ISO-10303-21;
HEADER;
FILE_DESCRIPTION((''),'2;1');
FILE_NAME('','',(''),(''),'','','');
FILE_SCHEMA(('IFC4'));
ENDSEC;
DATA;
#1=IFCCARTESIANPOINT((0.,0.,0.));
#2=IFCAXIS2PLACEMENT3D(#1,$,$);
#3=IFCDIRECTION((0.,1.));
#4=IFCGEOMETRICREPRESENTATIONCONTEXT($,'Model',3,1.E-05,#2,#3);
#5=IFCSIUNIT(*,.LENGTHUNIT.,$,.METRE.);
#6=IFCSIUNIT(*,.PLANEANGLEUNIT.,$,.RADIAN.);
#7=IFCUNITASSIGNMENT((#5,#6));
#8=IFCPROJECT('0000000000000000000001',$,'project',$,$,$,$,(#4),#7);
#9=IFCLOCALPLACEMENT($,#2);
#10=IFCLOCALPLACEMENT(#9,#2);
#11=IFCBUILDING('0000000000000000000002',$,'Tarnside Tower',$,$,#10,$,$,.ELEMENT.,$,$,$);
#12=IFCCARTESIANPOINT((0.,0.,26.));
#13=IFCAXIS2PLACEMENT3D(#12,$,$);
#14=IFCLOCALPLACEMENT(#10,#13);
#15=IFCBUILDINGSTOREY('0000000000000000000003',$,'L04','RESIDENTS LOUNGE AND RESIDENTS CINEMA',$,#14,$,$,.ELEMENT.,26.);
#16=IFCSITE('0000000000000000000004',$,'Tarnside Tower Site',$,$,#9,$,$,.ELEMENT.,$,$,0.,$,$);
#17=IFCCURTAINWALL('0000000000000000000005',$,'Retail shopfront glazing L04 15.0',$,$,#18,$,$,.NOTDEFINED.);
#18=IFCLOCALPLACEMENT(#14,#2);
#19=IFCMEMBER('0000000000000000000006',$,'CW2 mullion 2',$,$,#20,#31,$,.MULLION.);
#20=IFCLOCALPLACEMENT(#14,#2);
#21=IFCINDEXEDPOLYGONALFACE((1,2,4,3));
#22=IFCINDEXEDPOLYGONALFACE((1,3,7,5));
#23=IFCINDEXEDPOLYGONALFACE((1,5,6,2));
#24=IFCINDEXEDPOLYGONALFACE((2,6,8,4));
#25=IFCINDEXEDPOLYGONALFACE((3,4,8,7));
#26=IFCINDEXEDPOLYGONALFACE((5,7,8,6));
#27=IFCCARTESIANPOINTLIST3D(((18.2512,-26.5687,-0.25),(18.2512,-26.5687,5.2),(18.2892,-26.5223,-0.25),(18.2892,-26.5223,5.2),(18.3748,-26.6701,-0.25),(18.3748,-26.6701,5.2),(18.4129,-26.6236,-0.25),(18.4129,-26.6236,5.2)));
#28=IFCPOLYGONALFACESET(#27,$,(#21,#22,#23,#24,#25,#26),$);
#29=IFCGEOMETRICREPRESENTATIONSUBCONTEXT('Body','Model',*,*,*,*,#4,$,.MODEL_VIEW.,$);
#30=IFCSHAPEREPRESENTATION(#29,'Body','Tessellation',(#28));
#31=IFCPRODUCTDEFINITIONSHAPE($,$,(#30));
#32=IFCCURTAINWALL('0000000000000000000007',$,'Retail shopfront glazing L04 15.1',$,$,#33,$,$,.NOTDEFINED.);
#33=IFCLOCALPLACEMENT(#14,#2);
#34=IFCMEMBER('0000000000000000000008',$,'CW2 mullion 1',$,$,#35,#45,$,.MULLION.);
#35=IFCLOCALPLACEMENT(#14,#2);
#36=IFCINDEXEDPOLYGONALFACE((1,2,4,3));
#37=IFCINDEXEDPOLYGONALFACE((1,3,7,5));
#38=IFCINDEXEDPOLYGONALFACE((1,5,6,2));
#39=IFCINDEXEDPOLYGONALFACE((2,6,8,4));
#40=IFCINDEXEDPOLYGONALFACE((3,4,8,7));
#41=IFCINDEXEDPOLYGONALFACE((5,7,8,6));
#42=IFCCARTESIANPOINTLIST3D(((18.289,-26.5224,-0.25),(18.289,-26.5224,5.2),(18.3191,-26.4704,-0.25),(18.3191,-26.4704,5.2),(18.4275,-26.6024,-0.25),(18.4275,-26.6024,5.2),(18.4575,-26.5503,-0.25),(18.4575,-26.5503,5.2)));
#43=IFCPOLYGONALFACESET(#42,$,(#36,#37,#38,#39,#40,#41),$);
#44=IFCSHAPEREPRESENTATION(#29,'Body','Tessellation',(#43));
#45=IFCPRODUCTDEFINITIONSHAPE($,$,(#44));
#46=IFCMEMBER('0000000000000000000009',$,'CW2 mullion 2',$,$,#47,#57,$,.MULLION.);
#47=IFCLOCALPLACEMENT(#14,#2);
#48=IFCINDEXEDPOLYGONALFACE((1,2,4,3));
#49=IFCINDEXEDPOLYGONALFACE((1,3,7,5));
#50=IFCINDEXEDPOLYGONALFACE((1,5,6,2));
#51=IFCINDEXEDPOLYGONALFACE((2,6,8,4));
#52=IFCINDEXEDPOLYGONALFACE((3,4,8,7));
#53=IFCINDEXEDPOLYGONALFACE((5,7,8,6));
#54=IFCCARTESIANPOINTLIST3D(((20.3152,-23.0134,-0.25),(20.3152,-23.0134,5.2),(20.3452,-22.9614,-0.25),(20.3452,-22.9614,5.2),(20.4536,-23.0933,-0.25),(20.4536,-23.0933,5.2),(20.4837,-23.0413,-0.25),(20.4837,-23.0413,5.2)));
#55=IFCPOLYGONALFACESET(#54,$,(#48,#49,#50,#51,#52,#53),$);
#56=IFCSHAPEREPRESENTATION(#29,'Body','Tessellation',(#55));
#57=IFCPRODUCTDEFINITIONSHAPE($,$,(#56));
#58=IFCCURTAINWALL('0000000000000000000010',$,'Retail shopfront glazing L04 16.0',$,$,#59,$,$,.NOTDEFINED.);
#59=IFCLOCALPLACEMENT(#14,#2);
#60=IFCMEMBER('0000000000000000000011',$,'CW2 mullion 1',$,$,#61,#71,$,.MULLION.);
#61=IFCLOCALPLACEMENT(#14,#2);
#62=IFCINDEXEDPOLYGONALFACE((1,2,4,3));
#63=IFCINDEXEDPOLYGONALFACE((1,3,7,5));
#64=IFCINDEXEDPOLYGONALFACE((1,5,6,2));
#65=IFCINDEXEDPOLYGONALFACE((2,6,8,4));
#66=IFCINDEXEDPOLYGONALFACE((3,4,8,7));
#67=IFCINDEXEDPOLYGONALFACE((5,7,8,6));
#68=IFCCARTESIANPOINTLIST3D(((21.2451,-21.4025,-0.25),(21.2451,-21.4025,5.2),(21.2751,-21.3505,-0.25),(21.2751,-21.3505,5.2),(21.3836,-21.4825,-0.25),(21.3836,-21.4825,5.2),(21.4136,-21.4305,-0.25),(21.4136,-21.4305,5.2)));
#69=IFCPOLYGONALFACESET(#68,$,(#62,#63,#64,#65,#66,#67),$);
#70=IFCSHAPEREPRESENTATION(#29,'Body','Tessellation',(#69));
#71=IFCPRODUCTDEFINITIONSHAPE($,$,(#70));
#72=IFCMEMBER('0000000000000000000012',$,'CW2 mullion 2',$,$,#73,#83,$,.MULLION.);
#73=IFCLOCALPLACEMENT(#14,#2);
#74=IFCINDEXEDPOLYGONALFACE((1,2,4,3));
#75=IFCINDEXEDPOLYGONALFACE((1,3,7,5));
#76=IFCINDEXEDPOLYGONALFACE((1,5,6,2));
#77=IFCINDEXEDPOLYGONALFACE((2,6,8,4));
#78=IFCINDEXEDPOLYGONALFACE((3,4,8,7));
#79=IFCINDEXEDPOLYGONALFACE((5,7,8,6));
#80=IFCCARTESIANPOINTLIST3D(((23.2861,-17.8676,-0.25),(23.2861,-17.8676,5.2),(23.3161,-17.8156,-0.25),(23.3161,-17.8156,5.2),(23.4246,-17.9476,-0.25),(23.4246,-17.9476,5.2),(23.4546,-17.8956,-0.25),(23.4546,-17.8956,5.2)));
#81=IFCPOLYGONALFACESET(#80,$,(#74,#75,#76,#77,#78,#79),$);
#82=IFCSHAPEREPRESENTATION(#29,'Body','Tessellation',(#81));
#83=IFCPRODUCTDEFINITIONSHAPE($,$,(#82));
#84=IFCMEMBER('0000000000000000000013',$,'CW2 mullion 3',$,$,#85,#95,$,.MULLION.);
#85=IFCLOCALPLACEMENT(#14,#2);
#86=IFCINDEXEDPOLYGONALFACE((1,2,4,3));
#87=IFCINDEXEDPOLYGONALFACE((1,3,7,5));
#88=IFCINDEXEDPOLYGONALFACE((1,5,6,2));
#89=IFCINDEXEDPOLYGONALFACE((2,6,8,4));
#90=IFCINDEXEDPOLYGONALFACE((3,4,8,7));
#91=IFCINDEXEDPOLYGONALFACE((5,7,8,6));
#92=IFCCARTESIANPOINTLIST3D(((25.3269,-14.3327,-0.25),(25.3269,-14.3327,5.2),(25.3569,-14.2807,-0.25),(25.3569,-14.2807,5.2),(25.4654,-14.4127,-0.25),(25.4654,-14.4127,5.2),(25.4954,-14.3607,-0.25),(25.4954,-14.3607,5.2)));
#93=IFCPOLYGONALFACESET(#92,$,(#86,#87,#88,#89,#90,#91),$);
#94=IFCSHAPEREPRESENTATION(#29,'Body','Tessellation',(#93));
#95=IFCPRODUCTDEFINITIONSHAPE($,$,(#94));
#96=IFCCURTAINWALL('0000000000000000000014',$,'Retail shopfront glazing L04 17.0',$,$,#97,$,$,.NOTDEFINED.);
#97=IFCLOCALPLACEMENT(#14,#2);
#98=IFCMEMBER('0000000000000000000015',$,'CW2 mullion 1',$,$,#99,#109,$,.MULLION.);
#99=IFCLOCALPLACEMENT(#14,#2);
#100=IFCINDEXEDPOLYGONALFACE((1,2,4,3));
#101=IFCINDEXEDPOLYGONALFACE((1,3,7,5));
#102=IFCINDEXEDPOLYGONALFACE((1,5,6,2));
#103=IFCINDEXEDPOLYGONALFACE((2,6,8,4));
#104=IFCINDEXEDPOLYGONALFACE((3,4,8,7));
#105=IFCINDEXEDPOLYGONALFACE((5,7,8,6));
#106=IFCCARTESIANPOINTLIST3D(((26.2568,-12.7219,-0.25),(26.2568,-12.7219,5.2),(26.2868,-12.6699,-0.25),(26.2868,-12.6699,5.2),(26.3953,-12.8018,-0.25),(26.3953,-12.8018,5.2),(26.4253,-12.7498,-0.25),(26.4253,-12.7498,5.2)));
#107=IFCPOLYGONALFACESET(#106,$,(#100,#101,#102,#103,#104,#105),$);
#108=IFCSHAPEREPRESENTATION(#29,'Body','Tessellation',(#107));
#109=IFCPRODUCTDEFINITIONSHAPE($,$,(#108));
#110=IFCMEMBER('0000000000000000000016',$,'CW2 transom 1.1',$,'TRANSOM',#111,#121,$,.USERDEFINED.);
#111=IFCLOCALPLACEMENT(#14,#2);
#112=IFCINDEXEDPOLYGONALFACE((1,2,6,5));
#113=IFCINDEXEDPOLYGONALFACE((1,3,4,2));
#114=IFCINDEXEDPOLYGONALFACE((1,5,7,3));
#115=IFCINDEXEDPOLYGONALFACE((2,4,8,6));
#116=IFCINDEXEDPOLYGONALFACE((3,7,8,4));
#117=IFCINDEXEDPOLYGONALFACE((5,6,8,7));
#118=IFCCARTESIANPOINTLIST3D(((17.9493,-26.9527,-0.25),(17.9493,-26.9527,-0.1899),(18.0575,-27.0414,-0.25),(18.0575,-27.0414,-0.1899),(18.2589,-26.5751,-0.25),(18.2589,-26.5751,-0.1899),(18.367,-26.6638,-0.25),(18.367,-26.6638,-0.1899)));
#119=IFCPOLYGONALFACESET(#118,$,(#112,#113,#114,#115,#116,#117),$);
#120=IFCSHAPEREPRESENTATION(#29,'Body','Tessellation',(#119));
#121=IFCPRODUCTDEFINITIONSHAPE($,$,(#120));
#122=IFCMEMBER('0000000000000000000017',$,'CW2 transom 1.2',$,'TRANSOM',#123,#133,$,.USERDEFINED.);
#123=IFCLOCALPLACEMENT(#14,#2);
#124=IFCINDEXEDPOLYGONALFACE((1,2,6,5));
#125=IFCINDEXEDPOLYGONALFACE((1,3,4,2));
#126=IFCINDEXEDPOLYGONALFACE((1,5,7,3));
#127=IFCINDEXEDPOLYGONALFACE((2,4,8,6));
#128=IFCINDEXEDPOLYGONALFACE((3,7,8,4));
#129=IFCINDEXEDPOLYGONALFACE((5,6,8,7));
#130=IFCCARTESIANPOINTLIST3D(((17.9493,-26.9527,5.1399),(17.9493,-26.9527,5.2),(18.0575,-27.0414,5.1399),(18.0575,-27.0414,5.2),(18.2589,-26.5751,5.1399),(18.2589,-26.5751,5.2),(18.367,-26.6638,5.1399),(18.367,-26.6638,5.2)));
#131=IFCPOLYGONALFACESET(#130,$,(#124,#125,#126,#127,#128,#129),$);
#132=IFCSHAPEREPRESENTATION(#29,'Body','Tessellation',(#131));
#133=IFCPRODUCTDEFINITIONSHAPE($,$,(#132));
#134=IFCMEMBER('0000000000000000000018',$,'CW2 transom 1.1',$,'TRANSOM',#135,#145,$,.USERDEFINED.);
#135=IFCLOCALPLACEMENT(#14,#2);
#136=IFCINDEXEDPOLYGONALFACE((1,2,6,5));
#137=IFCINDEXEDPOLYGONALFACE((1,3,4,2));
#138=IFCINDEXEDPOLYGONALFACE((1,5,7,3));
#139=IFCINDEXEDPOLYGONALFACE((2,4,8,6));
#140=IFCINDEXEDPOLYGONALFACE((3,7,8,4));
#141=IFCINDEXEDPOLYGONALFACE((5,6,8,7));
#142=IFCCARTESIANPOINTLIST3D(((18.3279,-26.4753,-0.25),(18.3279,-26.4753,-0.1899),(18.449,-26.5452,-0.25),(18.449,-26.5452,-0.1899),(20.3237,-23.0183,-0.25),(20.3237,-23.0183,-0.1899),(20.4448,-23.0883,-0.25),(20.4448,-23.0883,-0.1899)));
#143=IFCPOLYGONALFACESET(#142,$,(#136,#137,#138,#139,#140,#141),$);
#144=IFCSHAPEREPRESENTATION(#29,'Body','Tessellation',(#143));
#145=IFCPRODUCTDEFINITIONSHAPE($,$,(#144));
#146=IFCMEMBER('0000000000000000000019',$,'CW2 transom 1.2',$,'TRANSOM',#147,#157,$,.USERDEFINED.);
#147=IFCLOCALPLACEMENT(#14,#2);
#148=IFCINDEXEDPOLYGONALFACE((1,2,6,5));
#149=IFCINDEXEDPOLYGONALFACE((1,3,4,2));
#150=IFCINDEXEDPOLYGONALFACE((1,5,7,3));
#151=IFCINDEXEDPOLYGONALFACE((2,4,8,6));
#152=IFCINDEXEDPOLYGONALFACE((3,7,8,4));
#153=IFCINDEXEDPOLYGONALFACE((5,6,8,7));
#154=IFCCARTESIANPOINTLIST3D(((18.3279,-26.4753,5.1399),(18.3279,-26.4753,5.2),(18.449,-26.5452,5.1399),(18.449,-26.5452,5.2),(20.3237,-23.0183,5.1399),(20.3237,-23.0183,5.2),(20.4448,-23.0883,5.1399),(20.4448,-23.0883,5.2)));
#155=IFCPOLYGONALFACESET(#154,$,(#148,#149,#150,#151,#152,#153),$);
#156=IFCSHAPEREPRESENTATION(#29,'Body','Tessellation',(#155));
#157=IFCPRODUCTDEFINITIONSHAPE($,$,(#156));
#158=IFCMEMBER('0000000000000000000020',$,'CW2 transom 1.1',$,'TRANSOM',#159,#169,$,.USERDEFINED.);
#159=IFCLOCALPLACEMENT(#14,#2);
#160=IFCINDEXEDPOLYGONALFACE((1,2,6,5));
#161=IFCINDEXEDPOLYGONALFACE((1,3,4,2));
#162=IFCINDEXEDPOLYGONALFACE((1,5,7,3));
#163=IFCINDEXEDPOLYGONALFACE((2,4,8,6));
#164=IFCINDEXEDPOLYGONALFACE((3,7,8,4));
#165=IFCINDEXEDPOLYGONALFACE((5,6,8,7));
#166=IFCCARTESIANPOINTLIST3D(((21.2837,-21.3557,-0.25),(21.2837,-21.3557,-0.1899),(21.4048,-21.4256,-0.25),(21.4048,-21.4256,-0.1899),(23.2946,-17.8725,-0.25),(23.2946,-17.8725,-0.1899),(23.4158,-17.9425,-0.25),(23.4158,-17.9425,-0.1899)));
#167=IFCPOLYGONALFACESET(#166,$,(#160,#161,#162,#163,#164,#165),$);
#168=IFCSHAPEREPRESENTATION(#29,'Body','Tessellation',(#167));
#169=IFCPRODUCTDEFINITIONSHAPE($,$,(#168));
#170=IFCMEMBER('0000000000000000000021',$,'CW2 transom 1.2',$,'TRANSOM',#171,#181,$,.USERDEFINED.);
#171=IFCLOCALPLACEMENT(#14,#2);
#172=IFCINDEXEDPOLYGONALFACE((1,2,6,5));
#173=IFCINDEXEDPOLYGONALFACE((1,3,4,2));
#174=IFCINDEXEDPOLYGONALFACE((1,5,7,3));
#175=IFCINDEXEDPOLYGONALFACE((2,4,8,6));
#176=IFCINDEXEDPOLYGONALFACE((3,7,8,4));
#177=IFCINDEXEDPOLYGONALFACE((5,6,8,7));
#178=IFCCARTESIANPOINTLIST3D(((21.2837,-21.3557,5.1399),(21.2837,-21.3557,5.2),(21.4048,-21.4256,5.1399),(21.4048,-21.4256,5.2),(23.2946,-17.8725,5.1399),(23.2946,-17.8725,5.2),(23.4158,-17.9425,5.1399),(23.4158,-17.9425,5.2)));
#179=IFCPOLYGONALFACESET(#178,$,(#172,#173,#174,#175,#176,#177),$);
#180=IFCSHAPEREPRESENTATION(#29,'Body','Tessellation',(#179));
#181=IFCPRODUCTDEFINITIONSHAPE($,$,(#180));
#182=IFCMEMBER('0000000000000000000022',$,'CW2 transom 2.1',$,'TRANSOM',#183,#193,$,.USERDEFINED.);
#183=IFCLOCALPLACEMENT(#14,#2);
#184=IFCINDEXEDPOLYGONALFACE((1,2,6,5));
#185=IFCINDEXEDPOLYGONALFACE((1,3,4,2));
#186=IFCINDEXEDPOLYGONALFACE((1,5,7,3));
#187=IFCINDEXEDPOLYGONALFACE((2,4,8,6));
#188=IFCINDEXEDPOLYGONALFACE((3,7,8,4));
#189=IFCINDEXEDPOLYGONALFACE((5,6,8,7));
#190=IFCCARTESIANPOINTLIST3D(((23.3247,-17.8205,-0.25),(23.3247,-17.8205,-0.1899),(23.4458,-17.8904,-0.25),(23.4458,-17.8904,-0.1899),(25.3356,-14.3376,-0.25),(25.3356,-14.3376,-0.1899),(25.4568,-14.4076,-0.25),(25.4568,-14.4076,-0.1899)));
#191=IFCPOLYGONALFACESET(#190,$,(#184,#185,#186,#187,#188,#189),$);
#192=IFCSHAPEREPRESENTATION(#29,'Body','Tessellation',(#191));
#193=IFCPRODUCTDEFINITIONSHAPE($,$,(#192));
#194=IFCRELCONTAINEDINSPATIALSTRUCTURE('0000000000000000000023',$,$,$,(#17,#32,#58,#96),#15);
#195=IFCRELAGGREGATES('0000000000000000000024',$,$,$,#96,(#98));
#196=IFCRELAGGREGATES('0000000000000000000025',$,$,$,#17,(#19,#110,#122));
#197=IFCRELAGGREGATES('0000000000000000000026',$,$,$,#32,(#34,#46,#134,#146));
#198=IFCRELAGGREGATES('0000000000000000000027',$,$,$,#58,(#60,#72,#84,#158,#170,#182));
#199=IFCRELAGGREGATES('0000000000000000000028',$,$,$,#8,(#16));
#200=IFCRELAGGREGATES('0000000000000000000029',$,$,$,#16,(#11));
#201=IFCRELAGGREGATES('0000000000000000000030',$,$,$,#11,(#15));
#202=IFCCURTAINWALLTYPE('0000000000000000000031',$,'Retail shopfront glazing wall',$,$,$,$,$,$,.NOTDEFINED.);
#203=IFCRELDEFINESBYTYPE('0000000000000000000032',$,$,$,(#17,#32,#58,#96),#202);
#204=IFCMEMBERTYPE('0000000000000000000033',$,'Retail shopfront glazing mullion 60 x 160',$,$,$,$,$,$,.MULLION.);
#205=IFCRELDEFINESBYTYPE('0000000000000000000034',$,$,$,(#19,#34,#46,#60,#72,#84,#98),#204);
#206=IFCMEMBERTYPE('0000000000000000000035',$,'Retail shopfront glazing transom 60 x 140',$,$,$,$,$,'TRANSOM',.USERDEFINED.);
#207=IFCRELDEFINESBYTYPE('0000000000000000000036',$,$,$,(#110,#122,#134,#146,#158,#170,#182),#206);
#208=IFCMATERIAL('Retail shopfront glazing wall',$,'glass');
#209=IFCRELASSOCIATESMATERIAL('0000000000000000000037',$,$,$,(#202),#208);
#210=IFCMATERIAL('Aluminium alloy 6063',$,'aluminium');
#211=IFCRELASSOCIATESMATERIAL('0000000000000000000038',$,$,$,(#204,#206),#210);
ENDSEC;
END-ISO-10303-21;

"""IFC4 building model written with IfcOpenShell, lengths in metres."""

from ifc_helpers import new_model, si_unit, direction, frame, origin, origin_2d, place, context, subcontext, project, spatial, rectangle, extrude, material, material_profile, profile_set, type_object, element, aggregate, save


model = new_model("IFC4")

# Units and contexts
model_context = context("Model", 3, precision=1e-05, world=origin(), true_north=direction((0.0, 1.0)))
body_context = subcontext(model_context, "Body", "Model", "MODEL_VIEW")
ifc_project = project(units=[si_unit("LENGTHUNIT", "METRE"), si_unit("PLANEANGLEUNIT", "RADIAN")], contexts=[model_context])

# Site, building, storey
site_placement = place(None, origin())
site = spatial("IfcSite", under=ifc_project, at=site_placement, Name="Tarnside Tower Site", CompositionType="ELEMENT", RefElevation=0.0)
building_placement = place(site_placement, origin())
building = spatial("IfcBuilding", under=site, at=building_placement, Name="Tarnside Tower", CompositionType="ELEMENT")
storey_placement = place(building_placement, frame((0.0, 0.0, 26.0)))
storey = spatial("IfcBuildingStorey", under=building, at=storey_placement, Name="L04", Description="RESIDENTS LOUNGE AND RESIDENTS CINEMA", CompositionType="ELEMENT", Elevation=26.0)

# Curtain wall, member
ifc_material_1 = material(Name="Retail shopfront glazing wall", Category="glass")
curtain_wall_type = type_object("IfcCurtainWallType", Name="Retail shopfront glazing wall", PredefinedType="NOTDEFINED", material=ifc_material_1)
curtain_wall_1_placement = place(storey_placement, origin())
curtain_wall_1 = element("IfcCurtainWall", 1, at=curtain_wall_1_placement, inside=storey, type_object=curtain_wall_type, Name="Retail shopfront glazing L04 15.0", PredefinedType="NOTDEFINED")
ifc_material_2 = material(Name="Aluminium alloy 6063", Category="aluminium")
ifc_material_profile_1 = material_profile(ifc_material_2, rectangle(XDim=0.1599, YDim=0.0601, at=origin_2d()), Name="Retail shopfront glazing mullion 60 x 160")
ifc_profile_set_1 = profile_set([ifc_material_profile_1], Name="Aluminium alloy 6063")
member_type_1 = type_object("IfcMemberType", Name="Retail shopfront glazing mullion 60 x 160", PredefinedType="MULLION", material=ifc_profile_set_1)
member_1_placement = place(storey_placement, frame((18.332, -26.5962, -0.25), z_axis=(0.0, 0.0, 1.0), x_axis=(-0.773472, 0.633831, 0.0)))
member_1 = element("IfcMember", 2, at=member_1_placement, type_object=member_type_1, Name="CW2 mullion 2", PredefinedType="MULLION", context=body_context, shape_type="SweptSolid", body=[
    extrude(rectangle(XDim=0.1599, YDim=0.0601, at=origin_2d()), origin(), (0.0, 0.0, 1.0), 5.45),
])

# Curtain walls, members
curtain_wall_2_placement = place(storey_placement, origin())
curtain_wall_2 = element("IfcCurtainWall", 3, at=curtain_wall_2_placement, inside=storey, type_object=curtain_wall_type, Name="Retail shopfront glazing L04 15.1", PredefinedType="NOTDEFINED")
member_2_placement = place(storey_placement, frame((18.3733, -26.5364, -0.25), z_axis=(0.0, 0.0, 1.0), x_axis=(-0.866025, 0.5, 0.0)))
member_2 = element("IfcMember", 4, at=member_2_placement, type_object=member_type_1, Name="CW2 mullion 1", PredefinedType="MULLION", context=body_context, shape_type="SweptSolid", body=[
    extrude(rectangle(XDim=0.1599, YDim=0.0601, at=origin_2d()), origin(), (0.0, 0.0, 1.0), 5.45),
])
member_3_placement = place(storey_placement, frame((20.3994, -23.0273, -0.25), z_axis=(0.0, 0.0, 1.0), x_axis=(-0.866025, 0.5, 0.0)))
member_3 = element("IfcMember", 5, at=member_3_placement, type_object=member_type_1, Name="CW2 mullion 2", PredefinedType="MULLION", context=body_context, shape_type="SweptSolid", body=[
    extrude(rectangle(XDim=0.1599, YDim=0.0601, at=origin_2d()), origin(), (0.0, 0.0, 1.0), 5.45),
])
curtain_wall_3_placement = place(storey_placement, origin())
curtain_wall_3 = element("IfcCurtainWall", 6, at=curtain_wall_3_placement, inside=storey, type_object=curtain_wall_type, Name="Retail shopfront glazing L04 16.0", PredefinedType="NOTDEFINED")
member_4_placement = place(storey_placement, frame((21.3293, -21.4165, -0.25), z_axis=(0.0, 0.0, 1.0), x_axis=(-0.866025, 0.5, 0.0)))
member_4 = element("IfcMember", 7, at=member_4_placement, type_object=member_type_1, Name="CW2 mullion 1", PredefinedType="MULLION", context=body_context, shape_type="SweptSolid", body=[
    extrude(rectangle(XDim=0.1599, YDim=0.0601, at=origin_2d()), origin(), (0.0, 0.0, 1.0), 5.45),
])
member_5_placement = place(storey_placement, frame((23.3704, -17.8816, -0.25), z_axis=(0.0, 0.0, 1.0), x_axis=(-0.866025, 0.5, 0.0)))
member_5 = element("IfcMember", 8, at=member_5_placement, type_object=member_type_1, Name="CW2 mullion 2", PredefinedType="MULLION", context=body_context, shape_type="SweptSolid", body=[
    extrude(rectangle(XDim=0.1599, YDim=0.0601, at=origin_2d()), origin(), (0.0, 0.0, 1.0), 5.45),
])
member_6_placement = place(storey_placement, frame((25.4111, -14.3467, -0.25), z_axis=(0.0, 0.0, 1.0), x_axis=(-0.866025, 0.5, 0.0)))
member_6 = element("IfcMember", 9, at=member_6_placement, type_object=member_type_1, Name="CW2 mullion 3", PredefinedType="MULLION", context=body_context, shape_type="SweptSolid", body=[
    extrude(rectangle(XDim=0.1599, YDim=0.0601, at=origin_2d()), origin(), (0.0, 0.0, 1.0), 5.45),
])

# Curtain wall, member
curtain_wall_4_placement = place(storey_placement, origin())
curtain_wall_4 = element("IfcCurtainWall", 10, at=curtain_wall_4_placement, inside=storey, type_object=curtain_wall_type, Name="Retail shopfront glazing L04 17.0", PredefinedType="NOTDEFINED")
member_7_placement = place(storey_placement, frame((26.3411, -12.7358, -0.25), z_axis=(0.0, 0.0, 1.0), x_axis=(-0.866025, 0.5, 0.0)))
member_7 = element("IfcMember", 11, at=member_7_placement, type_object=member_type_1, Name="CW2 mullion 1", PredefinedType="MULLION", context=body_context, shape_type="SweptSolid", body=[
    extrude(rectangle(XDim=0.1599, YDim=0.0601, at=origin_2d()), origin(), (0.0, 0.0, 1.0), 5.45),
])
aggregate(curtain_wall_4, [member_7])

# Members
ifc_material_profile_2 = material_profile(ifc_material_2, rectangle(XDim=0.1399, YDim=0.0601, at=origin_2d()), Name="Retail shopfront glazing transom 60 x 140")
ifc_profile_set_2 = profile_set([ifc_material_profile_2], Name="Aluminium alloy 6063")
member_type_2 = type_object("IfcMemberType", Name="Retail shopfront glazing transom 60 x 140", ElementType="TRANSOM", PredefinedType="USERDEFINED", material=ifc_profile_set_2)
member_8_placement = place(storey_placement, frame((18.0034, -26.9971, -0.22), z_axis=(0.633918, 0.7734, 0.0), x_axis=(-0.7734, 0.633918, 0.0)))
member_8 = element("IfcMember", 12, at=member_8_placement, type_object=member_type_2, Name="CW2 transom 1.1", ObjectType="TRANSOM", PredefinedType="USERDEFINED", context=body_context, shape_type="SweptSolid", body=[
    extrude(rectangle(XDim=0.1399, YDim=0.0601, at=origin_2d()), origin(), (0.0, 0.0, 1.0), 0.4883),
])
member_9_placement = place(storey_placement, frame((18.0034, -26.9971, 5.1699), z_axis=(0.633918, 0.7734, 0.0), x_axis=(-0.7734, 0.633918, 0.0)))
member_9 = element("IfcMember", 13, at=member_9_placement, type_object=member_type_2, Name="CW2 transom 1.2", ObjectType="TRANSOM", PredefinedType="USERDEFINED", context=body_context, shape_type="SweptSolid", body=[
    extrude(rectangle(XDim=0.1399, YDim=0.0601, at=origin_2d()), origin(), (0.0, 0.0, 1.0), 0.4883),
])
member_10_placement = place(storey_placement, frame((18.3884, -26.5103, -0.22), z_axis=(0.499987, 0.866033, 0.0), x_axis=(-0.866033, 0.499987, 0.0)))
member_10 = element("IfcMember", 14, at=member_10_placement, type_object=member_type_2, Name="CW2 transom 1.1", ObjectType="TRANSOM", PredefinedType="USERDEFINED", context=body_context, shape_type="SweptSolid", body=[
    extrude(rectangle(XDim=0.1399, YDim=0.0601, at=origin_2d()), origin(), (0.0, 0.0, 1.0), 3.9917),
])
member_11_placement = place(storey_placement, frame((18.3884, -26.5103, 5.1699), z_axis=(0.499987, 0.866033, 0.0), x_axis=(-0.866033, 0.499987, 0.0)))
member_11 = element("IfcMember", 15, at=member_11_placement, type_object=member_type_2, Name="CW2 transom 1.2", ObjectType="TRANSOM", PredefinedType="USERDEFINED", context=body_context, shape_type="SweptSolid", body=[
    extrude(rectangle(XDim=0.1399, YDim=0.0601, at=origin_2d()), origin(), (0.0, 0.0, 1.0), 3.9917),
])
member_12_placement = place(storey_placement, frame((21.3442, -21.3906, -0.22), z_axis=(0.499997, 0.866027, 0.0), x_axis=(-0.866027, 0.499997, 0.0)))
member_12 = element("IfcMember", 16, at=member_12_placement, type_object=member_type_2, Name="CW2 transom 1.1", ObjectType="TRANSOM", PredefinedType="USERDEFINED", context=body_context, shape_type="SweptSolid", body=[
    extrude(rectangle(XDim=0.1399, YDim=0.0601, at=origin_2d()), origin(), (0.0, 0.0, 1.0), 4.022),
])
member_13_placement = place(storey_placement, frame((21.3442, -21.3906, 5.1699), z_axis=(0.499997, 0.866027, 0.0), x_axis=(-0.866027, 0.499997, 0.0)))
member_13 = element("IfcMember", 17, at=member_13_placement, type_object=member_type_2, Name="CW2 transom 1.2", ObjectType="TRANSOM", PredefinedType="USERDEFINED", context=body_context, shape_type="SweptSolid", body=[
    extrude(rectangle(XDim=0.1399, YDim=0.0601, at=origin_2d()), origin(), (0.0, 0.0, 1.0), 4.022),
])
member_14_placement = place(storey_placement, frame((23.3853, -17.8555, -0.22), z_axis=(0.500024, 0.866012, 0.0), x_axis=(-0.866012, 0.500024, 0.0)))
member_14 = element("IfcMember", 18, at=member_14_placement, type_object=member_type_2, Name="CW2 transom 2.1", ObjectType="TRANSOM", PredefinedType="USERDEFINED", context=body_context, shape_type="SweptSolid", body=[
    extrude(rectangle(XDim=0.1399, YDim=0.0601, at=origin_2d()), origin(), (0.0, 0.0, 1.0), 4.0217),
])

aggregate(curtain_wall_1, [member_1, member_8, member_9])
aggregate(curtain_wall_2, [member_2, member_3, member_10, member_11])
aggregate(curtain_wall_3, [member_4, member_5, member_6, member_12, member_13, member_14])

save(model, "model.ifc")
